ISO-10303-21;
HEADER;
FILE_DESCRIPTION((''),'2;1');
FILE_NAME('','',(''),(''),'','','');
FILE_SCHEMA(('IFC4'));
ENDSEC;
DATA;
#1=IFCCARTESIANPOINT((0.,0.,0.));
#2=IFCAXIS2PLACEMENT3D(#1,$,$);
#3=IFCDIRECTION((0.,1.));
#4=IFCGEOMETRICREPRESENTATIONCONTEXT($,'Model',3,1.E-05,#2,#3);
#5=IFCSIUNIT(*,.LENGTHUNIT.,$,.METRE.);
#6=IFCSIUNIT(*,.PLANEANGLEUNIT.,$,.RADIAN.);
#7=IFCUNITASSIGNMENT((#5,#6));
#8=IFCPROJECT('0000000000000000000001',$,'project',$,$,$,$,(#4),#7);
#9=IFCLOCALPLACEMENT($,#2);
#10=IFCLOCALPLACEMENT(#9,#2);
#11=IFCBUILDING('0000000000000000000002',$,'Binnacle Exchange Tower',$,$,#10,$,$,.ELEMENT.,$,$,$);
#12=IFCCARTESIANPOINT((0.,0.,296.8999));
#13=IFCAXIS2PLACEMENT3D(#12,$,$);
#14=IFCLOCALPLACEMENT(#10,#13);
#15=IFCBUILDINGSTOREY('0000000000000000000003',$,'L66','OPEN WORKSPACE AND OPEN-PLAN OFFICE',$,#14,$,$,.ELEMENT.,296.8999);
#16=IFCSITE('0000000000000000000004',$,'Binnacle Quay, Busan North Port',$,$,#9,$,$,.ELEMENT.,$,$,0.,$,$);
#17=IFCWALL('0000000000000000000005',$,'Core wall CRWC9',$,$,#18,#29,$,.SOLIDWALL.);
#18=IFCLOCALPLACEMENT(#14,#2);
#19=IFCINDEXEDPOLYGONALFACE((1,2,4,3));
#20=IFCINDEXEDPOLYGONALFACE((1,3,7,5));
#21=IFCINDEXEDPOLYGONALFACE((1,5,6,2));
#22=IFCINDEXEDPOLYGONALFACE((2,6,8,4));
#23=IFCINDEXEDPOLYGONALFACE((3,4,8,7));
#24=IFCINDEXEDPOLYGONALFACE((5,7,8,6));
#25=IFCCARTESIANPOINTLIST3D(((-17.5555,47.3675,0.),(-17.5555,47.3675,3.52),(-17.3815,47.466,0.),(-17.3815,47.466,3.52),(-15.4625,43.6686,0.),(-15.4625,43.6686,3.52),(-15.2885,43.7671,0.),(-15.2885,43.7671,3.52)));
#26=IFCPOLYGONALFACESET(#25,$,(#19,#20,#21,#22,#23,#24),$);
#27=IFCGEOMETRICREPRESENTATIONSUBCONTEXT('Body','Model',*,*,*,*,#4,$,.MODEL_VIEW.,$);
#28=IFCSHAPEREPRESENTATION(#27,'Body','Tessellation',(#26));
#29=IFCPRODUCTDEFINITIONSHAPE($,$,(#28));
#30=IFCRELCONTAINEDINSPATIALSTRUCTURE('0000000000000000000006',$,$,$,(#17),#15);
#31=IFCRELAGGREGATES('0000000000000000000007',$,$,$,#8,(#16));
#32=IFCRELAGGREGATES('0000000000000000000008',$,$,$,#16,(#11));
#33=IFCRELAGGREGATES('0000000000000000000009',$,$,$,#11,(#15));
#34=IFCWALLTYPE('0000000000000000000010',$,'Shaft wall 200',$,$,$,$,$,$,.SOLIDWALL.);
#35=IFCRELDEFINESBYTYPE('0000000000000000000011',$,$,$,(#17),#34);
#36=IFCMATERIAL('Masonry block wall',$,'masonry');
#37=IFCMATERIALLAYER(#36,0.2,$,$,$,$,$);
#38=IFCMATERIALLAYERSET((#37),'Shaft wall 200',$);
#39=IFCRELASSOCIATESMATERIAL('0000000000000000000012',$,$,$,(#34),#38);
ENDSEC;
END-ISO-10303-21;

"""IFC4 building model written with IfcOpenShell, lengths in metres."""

from ifc_helpers import new_model, si_unit, direction, frame, frame_2d, origin, place, context, subcontext, project, spatial, rectangle, extrude, material, layer, layer_set, type_object, element, save


model = new_model("IFC4")

# Units and contexts
model_context = context("Model", 3, precision=1e-05, world=origin(), true_north=direction((0.0, 1.0)))
body_context = subcontext(model_context, "Body", "Model", "MODEL_VIEW")
ifc_project = project(units=[si_unit("LENGTHUNIT", "METRE"), si_unit("PLANEANGLEUNIT", "RADIAN")], contexts=[model_context])

# Site, building, storey
site_placement = place(None, origin())
site = spatial("IfcSite", under=ifc_project, at=site_placement, Name="Binnacle Quay, Busan North Port", CompositionType="ELEMENT", RefElevation=0.0)
building_placement = place(site_placement, origin())
building = spatial("IfcBuilding", under=site, at=building_placement, Name="Binnacle Exchange Tower", CompositionType="ELEMENT")
storey_placement = place(building_placement, frame((0.0, 0.0, 296.8999)))
storey = spatial("IfcBuildingStorey", under=building, at=storey_placement, Name="L66", Description="OPEN WORKSPACE AND OPEN-PLAN OFFICE", CompositionType="ELEMENT", Elevation=296.8999)

# Shared definitions
ifc_material_1 = material(Name="Masonry block wall", Category="masonry")

# Wall
ifc_layer_1 = layer(ifc_material_1, 0.2)
ifc_layer_set_1 = layer_set([ifc_layer_1], Name="Shaft wall 200")
wall_type_1 = type_object("IfcWallType", Name="Shaft wall 200", PredefinedType="SOLIDWALL", material=ifc_layer_set_1)
wall_1_placement = place(storey_placement, frame((-17.4685, 47.4167, 0.0), z_axis=(0.0, 0.0, 1.0), x_axis=(0.492466, -0.870332, 0.0)))
element("IfcWall", 1, at=wall_1_placement, inside=storey, type_object=wall_type_1, Name="Core wall CRWC9", PredefinedType="SOLIDWALL", context=body_context, shape_type="SweptSolid", body=[
    extrude(rectangle(XDim=4.25, YDim=0.2, at=frame_2d((2.125, 0.0))), origin(), (0.0, 0.0, 1.0), 3.52),
])

save(model, "model.ifc")
